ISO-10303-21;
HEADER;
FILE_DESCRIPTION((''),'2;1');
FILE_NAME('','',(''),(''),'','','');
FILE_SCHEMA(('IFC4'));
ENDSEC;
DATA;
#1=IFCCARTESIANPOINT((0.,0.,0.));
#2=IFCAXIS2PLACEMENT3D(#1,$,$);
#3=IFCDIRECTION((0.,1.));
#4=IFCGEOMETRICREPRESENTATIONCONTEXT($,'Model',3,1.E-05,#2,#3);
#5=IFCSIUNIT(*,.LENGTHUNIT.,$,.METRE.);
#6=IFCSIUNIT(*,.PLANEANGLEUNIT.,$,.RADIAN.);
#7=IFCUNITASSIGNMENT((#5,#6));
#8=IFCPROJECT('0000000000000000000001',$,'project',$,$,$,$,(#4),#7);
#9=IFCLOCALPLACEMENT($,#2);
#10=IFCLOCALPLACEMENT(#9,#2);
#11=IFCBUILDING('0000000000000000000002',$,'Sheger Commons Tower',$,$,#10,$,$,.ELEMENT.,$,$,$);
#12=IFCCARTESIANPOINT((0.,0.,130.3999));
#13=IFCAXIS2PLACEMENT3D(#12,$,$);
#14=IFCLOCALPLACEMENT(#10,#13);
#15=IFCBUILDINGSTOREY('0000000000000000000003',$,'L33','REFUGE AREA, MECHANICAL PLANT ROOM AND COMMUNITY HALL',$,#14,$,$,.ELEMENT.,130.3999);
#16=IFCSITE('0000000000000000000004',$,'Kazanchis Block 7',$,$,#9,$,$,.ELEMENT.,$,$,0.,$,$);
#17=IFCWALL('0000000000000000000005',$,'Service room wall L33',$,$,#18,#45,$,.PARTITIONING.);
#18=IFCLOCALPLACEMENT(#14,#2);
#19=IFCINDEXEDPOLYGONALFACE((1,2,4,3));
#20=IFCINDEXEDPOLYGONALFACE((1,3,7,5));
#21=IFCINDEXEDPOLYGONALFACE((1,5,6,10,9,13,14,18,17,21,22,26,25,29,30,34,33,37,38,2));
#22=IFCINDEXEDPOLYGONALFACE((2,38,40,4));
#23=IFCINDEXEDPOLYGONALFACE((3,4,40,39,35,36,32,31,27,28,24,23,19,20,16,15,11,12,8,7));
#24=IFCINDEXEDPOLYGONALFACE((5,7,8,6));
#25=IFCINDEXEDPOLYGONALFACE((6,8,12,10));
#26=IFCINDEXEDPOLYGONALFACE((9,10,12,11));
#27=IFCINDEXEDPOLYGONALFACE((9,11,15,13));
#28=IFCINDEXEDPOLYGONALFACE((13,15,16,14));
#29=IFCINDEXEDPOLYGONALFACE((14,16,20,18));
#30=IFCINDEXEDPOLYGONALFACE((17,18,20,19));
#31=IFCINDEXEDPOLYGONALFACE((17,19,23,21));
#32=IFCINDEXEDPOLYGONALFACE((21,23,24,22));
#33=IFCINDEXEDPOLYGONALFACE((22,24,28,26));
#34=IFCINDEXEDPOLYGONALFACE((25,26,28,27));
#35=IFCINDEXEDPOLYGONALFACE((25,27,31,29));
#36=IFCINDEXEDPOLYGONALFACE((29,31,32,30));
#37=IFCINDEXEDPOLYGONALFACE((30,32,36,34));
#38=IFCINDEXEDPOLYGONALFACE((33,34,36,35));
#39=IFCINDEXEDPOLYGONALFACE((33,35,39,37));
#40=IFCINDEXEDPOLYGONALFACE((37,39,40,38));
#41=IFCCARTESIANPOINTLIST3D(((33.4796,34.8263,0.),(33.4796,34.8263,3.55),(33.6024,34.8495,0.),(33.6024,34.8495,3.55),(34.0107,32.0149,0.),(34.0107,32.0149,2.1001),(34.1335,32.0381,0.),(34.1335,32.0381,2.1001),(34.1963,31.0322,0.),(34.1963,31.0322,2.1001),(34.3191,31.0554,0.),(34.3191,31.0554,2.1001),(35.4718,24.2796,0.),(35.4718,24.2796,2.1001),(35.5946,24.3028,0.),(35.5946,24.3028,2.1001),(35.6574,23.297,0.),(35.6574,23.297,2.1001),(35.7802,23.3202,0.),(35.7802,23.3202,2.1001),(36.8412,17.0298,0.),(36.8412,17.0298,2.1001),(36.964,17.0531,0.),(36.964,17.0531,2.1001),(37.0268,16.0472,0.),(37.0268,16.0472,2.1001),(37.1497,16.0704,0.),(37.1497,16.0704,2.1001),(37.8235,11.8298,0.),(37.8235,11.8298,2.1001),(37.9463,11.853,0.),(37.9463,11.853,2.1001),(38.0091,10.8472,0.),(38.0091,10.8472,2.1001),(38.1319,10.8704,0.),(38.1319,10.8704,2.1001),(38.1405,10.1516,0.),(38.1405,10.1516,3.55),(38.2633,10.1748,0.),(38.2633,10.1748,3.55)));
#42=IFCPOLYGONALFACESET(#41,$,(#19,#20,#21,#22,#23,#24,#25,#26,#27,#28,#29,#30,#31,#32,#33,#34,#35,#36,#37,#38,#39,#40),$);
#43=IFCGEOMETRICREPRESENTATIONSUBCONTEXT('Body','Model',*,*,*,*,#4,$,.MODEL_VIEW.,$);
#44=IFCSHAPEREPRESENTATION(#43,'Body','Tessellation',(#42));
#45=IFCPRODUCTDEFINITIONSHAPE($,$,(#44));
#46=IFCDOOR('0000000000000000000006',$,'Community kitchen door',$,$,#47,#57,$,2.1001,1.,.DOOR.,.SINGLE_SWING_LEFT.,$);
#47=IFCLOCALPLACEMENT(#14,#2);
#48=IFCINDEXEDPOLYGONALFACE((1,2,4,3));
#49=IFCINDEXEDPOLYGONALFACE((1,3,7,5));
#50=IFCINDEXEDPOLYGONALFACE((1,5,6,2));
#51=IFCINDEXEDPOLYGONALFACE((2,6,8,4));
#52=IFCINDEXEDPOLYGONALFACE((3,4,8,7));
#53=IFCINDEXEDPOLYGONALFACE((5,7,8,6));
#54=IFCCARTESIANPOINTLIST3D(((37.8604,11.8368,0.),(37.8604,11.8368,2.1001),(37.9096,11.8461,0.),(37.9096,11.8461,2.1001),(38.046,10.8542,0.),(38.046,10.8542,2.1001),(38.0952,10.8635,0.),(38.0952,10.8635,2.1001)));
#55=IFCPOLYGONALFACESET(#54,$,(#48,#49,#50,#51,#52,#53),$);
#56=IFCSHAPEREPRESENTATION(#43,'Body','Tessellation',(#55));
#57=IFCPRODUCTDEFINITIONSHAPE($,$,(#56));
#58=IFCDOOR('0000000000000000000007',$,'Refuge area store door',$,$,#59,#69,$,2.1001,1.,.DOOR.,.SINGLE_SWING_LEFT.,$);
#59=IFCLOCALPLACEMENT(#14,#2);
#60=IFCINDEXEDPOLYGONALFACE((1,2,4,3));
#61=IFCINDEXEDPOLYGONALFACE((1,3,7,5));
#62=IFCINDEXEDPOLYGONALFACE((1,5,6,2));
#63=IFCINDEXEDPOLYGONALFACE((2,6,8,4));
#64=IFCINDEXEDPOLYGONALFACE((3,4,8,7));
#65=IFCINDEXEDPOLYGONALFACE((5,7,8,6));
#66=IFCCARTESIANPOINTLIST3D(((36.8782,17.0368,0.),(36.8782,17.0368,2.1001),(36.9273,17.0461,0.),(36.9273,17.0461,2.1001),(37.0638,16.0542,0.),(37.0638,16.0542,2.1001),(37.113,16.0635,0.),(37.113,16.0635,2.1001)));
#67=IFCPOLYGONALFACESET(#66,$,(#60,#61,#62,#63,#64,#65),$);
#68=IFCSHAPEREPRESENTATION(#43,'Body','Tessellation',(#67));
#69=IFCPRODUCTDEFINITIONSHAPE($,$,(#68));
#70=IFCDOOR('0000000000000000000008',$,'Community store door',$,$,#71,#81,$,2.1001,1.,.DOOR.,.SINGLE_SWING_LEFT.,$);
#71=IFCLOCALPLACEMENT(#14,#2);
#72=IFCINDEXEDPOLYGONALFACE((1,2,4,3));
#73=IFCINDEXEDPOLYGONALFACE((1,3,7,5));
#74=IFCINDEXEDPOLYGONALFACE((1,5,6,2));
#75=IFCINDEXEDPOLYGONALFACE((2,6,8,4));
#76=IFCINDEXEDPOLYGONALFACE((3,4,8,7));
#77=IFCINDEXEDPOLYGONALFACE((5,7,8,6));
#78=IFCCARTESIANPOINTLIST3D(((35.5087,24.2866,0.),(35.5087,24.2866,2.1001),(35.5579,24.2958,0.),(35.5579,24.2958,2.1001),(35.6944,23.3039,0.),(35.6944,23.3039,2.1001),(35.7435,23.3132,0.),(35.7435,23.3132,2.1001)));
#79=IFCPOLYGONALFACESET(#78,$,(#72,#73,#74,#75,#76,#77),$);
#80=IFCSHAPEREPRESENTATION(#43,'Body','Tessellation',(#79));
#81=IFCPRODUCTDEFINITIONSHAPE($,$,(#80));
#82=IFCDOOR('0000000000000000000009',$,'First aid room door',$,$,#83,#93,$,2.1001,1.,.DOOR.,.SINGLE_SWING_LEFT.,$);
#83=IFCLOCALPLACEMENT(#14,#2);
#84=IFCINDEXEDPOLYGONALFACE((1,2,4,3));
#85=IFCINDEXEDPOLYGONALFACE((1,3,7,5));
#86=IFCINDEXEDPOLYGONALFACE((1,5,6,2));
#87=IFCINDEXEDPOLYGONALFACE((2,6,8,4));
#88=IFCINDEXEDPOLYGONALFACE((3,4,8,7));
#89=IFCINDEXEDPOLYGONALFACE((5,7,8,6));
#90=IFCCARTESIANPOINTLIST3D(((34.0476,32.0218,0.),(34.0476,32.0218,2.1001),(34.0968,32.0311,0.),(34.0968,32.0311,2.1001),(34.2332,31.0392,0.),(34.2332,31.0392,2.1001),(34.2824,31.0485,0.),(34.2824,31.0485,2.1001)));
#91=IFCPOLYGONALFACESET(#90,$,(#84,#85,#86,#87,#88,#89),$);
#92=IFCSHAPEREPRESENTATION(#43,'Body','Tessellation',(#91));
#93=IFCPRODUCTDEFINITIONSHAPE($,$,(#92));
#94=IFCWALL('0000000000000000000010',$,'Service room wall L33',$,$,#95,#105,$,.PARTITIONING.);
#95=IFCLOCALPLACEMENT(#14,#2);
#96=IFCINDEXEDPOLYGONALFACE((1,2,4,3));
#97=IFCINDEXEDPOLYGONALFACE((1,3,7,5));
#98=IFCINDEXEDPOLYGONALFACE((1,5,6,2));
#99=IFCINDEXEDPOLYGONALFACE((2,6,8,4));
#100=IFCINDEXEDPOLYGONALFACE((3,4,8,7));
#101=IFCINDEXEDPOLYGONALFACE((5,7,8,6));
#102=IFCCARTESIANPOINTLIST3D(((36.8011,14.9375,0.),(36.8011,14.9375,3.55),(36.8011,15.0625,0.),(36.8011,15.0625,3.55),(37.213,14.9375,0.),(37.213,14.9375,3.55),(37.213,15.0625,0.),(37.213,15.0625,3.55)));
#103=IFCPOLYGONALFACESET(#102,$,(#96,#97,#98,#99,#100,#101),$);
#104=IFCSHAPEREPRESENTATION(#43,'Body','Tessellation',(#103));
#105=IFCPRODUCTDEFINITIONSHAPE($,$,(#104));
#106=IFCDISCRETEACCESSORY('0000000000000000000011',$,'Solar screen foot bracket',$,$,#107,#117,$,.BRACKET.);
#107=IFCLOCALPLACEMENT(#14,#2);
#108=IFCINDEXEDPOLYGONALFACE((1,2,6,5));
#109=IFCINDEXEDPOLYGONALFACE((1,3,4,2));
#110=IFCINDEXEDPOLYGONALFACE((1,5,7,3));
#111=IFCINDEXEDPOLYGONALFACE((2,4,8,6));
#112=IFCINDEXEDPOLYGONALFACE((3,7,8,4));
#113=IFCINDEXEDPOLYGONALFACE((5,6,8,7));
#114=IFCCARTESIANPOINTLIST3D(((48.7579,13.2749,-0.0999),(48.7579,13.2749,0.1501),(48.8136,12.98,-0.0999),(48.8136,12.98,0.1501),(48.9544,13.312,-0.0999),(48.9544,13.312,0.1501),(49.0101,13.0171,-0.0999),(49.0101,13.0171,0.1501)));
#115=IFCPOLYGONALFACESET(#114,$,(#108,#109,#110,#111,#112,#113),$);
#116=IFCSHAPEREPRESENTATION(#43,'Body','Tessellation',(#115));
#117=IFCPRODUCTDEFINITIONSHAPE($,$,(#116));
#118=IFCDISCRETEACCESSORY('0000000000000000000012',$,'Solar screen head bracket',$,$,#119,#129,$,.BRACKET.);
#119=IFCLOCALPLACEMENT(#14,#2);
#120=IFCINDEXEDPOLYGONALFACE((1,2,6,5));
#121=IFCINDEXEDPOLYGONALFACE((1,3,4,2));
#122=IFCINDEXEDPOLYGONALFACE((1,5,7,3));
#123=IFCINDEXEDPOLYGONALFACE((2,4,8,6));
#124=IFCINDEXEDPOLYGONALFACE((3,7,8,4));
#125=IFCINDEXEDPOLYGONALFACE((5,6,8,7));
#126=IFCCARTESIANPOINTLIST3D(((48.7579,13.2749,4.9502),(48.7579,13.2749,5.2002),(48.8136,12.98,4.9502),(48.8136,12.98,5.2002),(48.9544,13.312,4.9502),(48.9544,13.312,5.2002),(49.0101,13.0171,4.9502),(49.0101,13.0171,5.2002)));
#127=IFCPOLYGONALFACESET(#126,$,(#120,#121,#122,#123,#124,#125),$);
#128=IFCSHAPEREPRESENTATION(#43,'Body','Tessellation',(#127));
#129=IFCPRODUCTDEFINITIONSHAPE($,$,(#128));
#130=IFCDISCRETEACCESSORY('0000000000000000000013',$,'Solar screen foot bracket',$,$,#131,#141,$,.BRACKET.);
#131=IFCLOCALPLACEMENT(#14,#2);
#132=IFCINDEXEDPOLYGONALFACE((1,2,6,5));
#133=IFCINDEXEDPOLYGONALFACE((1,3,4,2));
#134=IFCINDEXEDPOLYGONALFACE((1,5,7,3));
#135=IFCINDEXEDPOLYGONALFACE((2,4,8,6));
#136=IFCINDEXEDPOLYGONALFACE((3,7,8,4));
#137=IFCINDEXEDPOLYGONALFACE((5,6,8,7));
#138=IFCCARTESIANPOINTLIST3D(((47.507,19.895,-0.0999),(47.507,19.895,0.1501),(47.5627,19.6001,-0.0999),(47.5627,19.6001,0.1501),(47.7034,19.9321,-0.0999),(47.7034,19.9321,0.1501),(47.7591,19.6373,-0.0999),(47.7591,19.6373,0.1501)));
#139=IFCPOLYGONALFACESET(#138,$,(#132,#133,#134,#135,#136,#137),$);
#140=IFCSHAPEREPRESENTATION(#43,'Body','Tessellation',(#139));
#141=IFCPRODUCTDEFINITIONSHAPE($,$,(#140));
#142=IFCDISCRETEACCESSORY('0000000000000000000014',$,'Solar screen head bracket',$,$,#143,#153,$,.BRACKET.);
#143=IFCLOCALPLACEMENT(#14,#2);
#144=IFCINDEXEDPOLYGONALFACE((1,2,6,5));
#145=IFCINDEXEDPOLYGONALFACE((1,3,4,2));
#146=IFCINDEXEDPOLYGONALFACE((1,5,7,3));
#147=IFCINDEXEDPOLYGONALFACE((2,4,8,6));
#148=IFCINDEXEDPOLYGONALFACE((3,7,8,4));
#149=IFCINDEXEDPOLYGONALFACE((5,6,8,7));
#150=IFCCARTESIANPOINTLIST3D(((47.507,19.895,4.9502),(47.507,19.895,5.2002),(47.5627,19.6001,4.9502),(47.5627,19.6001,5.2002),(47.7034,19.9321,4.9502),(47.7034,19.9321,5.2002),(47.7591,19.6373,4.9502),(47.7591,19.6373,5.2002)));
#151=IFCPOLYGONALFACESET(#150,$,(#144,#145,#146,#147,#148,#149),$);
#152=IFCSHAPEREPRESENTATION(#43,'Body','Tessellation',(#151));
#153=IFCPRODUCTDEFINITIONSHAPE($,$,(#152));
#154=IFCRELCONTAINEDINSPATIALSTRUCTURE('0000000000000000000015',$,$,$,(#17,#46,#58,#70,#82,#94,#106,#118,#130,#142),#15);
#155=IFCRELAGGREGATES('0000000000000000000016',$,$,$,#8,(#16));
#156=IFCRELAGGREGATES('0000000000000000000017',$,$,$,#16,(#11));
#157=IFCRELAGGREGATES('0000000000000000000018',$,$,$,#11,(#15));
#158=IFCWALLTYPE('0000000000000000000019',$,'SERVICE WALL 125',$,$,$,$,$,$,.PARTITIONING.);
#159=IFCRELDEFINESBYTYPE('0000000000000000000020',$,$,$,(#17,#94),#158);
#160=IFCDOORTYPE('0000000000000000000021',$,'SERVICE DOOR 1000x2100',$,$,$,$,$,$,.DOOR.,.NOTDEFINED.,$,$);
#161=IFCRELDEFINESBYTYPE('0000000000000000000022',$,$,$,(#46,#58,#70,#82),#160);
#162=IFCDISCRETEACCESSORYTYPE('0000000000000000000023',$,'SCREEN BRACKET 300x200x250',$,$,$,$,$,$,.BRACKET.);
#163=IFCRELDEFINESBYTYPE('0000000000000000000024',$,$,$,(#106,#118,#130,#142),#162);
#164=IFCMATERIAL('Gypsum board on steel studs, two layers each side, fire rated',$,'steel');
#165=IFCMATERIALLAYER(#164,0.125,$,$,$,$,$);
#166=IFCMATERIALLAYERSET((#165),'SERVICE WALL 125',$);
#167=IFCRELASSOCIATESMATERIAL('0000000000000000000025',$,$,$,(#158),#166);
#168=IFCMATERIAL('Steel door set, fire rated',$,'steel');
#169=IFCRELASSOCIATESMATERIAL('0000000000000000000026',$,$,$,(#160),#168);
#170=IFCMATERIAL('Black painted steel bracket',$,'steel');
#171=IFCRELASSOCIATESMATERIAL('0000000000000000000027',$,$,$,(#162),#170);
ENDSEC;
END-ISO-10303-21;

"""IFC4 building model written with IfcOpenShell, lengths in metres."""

from ifc_helpers import new_model, si_unit, direction, frame, frame_2d, origin, origin_2d, place, context, subcontext, project, spatial, rectangle, extrude, material, layer, layer_set, type_object, element, fill, save


model = new_model("IFC4")

# Units and contexts
model_context = context("Model", 3, precision=1e-05, world=origin(), true_north=direction((0.0, 1.0)))
body_context = subcontext(model_context, "Body", "Model", "MODEL_VIEW")
ifc_project = project(units=[si_unit("LENGTHUNIT", "METRE"), si_unit("PLANEANGLEUNIT", "RADIAN")], contexts=[model_context])

# Site, building, storey
site_placement = place(None, origin())
site = spatial("IfcSite", under=ifc_project, at=site_placement, Name="Kazanchis Block 7", CompositionType="ELEMENT", RefElevation=0.0)
building_placement = place(site_placement, origin())
building = spatial("IfcBuilding", under=site, at=building_placement, Name="Sheger Commons Tower", CompositionType="ELEMENT")
storey_placement = place(building_placement, frame((0.0, 0.0, 130.3999)))
storey = spatial("IfcBuildingStorey", under=building, at=storey_placement, Name="L33", Description="REFUGE AREA, MECHANICAL PLANT ROOM AND COMMUNITY HALL", CompositionType="ELEMENT", Elevation=130.3999)

# Wall, openings, doors
ifc_material_1 = material(Name="Gypsum board on steel studs, two layers each side, fire rated", Category="steel")
ifc_layer_1 = layer(ifc_material_1, 0.125)
ifc_layer_set_1 = layer_set([ifc_layer_1], Name="SERVICE WALL 125")
wall_type_1 = type_object("IfcWallType", Name="SERVICE WALL 125", PredefinedType="PARTITIONING", material=ifc_layer_set_1)
wall_1_placement = place(storey_placement, frame((38.2019, 10.1631, 0.0), z_axis=(0.0, 0.0, 1.0), x_axis=(-0.18561, 0.982623, 0.0)))
wall_1 = element("IfcWall", 1, at=wall_1_placement, inside=storey, type_object=wall_type_1, Name="Service room wall L33", PredefinedType="PARTITIONING", context=body_context, shape_type="SweptSolid", body=[
    extrude(rectangle(XDim=25.1111, YDim=0.125, at=frame_2d((12.5557, 0.0))), origin(), (0.0, 0.0, 1.0), 3.55),
])
opening_1_placement = place(wall_1_placement, frame((0.708, 0.0, 0.0)))
opening_1 = element("IfcOpeningElement", 2, at=opening_1_placement, cuts=wall_1, PredefinedType="OPENING", context=body_context, shape_type="SweptSolid", body=[
    extrude(rectangle(XDim=1.0, YDim=2.1001, at=frame_2d((0.5, 1.05))), frame((0.0, 0.0725, 0.0), z_axis=(0.0, -1.0, 0.0), x_axis=(1.0, 0.0, 0.0)), (0.0, 0.0, 1.0), 0.145),
])
opening_2_placement = place(wall_1_placement, frame((6.0, 0.0, 0.0)))
opening_2 = element("IfcOpeningElement", 3, at=opening_2_placement, cuts=wall_1, PredefinedType="OPENING", context=body_context, shape_type="SweptSolid", body=[
    extrude(rectangle(XDim=1.0, YDim=2.1001, at=frame_2d((0.5, 1.05))), frame((0.0, 0.0725, 0.0), z_axis=(0.0, -1.0, 0.0), x_axis=(1.0, 0.0, 0.0)), (0.0, 0.0, 1.0), 0.145),
])
opening_3_placement = place(wall_1_placement, frame((13.3779, 0.0, 0.0)))
opening_3 = element("IfcOpeningElement", 4, at=opening_3_placement, cuts=wall_1, PredefinedType="OPENING", context=body_context, shape_type="SweptSolid", body=[
    extrude(rectangle(XDim=1.0, YDim=2.1001, at=frame_2d((0.5, 1.05))), frame((0.0, 0.0725, 0.0), z_axis=(0.0, -1.0, 0.0), x_axis=(1.0, 0.0, 0.0)), (0.0, 0.0, 1.0), 0.145),
])
opening_4_placement = place(wall_1_placement, frame((21.25, 0.0, 0.0)))
opening_4 = element("IfcOpeningElement", 5, at=opening_4_placement, cuts=wall_1, PredefinedType="OPENING", context=body_context, shape_type="SweptSolid", body=[
    extrude(rectangle(XDim=1.0, YDim=2.1001, at=frame_2d((0.5, 1.05))), frame((0.0, 0.0725, 0.0), z_axis=(0.0, -1.0, 0.0), x_axis=(1.0, 0.0, 0.0)), (0.0, 0.0, 1.0), 0.145),
])
ifc_material_2 = material(Name="Steel door set, fire rated", Category="steel")
door_type = type_object("IfcDoorType", Name="SERVICE DOOR 1000x2100", OperationType="NOTDEFINED", PredefinedType="DOOR", material=ifc_material_2)
door_1_placement = place(opening_1_placement, origin())
door_1 = element("IfcDoor", 6, at=door_1_placement, inside=storey, type_object=door_type, Name="Community kitchen door", OperationType="SINGLE_SWING_LEFT", OverallHeight=2.1001, OverallWidth=1.0, PredefinedType="DOOR", context=body_context, shape_type="SweptSolid", body=[
    extrude(rectangle(XDim=1.0, YDim=2.1001, at=frame_2d((0.5, 1.05))), frame((0.0, 0.0249, 0.0), z_axis=(0.0, -1.0, 0.0), x_axis=(1.0, 0.0, 0.0)), (0.0, 0.0, 1.0), 0.05),
])
fill(opening_1, door_1)
door_2_placement = place(opening_2_placement, origin())
door_2 = element("IfcDoor", 7, at=door_2_placement, inside=storey, type_object=door_type, Name="Refuge area store door", OperationType="SINGLE_SWING_LEFT", OverallHeight=2.1001, OverallWidth=1.0, PredefinedType="DOOR", context=body_context, shape_type="SweptSolid", body=[
    extrude(rectangle(XDim=1.0, YDim=2.1001, at=frame_2d((0.5, 1.05))), frame((0.0, 0.0249, 0.0), z_axis=(0.0, -1.0, 0.0), x_axis=(1.0, 0.0, 0.0)), (0.0, 0.0, 1.0), 0.05),
])
fill(opening_2, door_2)
door_3_placement = place(opening_3_placement, origin())
door_3 = element("IfcDoor", 8, at=door_3_placement, inside=storey, type_object=door_type, Name="Community store door", OperationType="SINGLE_SWING_LEFT", OverallHeight=2.1001, OverallWidth=1.0, PredefinedType="DOOR", context=body_context, shape_type="SweptSolid", body=[
    extrude(rectangle(XDim=1.0, YDim=2.1001, at=frame_2d((0.5, 1.05))), frame((0.0, 0.0249, 0.0), z_axis=(0.0, -1.0, 0.0), x_axis=(1.0, 0.0, 0.0)), (0.0, 0.0, 1.0), 0.05),
])
fill(opening_3, door_3)
door_4_placement = place(opening_4_placement, origin())
door_4 = element("IfcDoor", 9, at=door_4_placement, inside=storey, type_object=door_type, Name="First aid room door", OperationType="SINGLE_SWING_LEFT", OverallHeight=2.1001, OverallWidth=1.0, PredefinedType="DOOR", context=body_context, shape_type="SweptSolid", body=[
    extrude(rectangle(XDim=1.0, YDim=2.1001, at=frame_2d((0.5, 1.05))), frame((0.0, 0.0249, 0.0), z_axis=(0.0, -1.0, 0.0), x_axis=(1.0, 0.0, 0.0)), (0.0, 0.0, 1.0), 0.05),
])
fill(opening_4, door_4)

# Wall
wall_2_placement = place(storey_placement, frame((36.801, 15.0, 0.0), z_axis=(0.0, 0.0, 1.0), x_axis=(1.0, 0.0, 0.0)))
element("IfcWall", 10, at=wall_2_placement, inside=storey, type_object=wall_type_1, Name="Service room wall L33", PredefinedType="PARTITIONING", context=body_context, shape_type="SweptSolid", body=[
    extrude(rectangle(XDim=0.4119, YDim=0.125, at=frame_2d((0.2061, 0.0))), origin(), (0.0, 0.0, 1.0), 3.55),
])

# Discrete accessories
ifc_material_3 = material(Name="Black painted steel bracket", Category="steel")
discrete_accessory_type = type_object("IfcDiscreteAccessoryType", Name="SCREEN BRACKET 300x200x250", PredefinedType="BRACKET", material=ifc_material_3)
for number, where, z_axis, x_axis, name in (
    (11, (48.884, 13.146, -0.0999), (0.0, 0.0, 1.0), (-0.185615, 0.982623, 0.0), "Solar screen foot bracket"),
    (12, (48.884, 13.146, 4.9502), (0.0, 0.0, 1.0), (-0.185615, 0.982623, 0.0), "Solar screen head bracket"),
    (13, (47.6331, 19.7661, -0.0999), (0.0, 0.0, 1.0), (-0.185615, 0.982623, 0.0), "Solar screen foot bracket"),
    (14, (47.6331, 19.7661, 4.9502), (0.0, 0.0, 1.0), (-0.185615, 0.982623, 0.0), "Solar screen head bracket"),
):
    element("IfcDiscreteAccessory", number, at=place(storey_placement, frame(where, z_axis=z_axis, x_axis=x_axis)), inside=storey, type_object=discrete_accessory_type, Name=name, PredefinedType="BRACKET", context=body_context, shape_type="SweptSolid", body=[
        extrude(rectangle(XDim=0.3, YDim=0.2, at=origin_2d()), origin(), (0.0, 0.0, 1.0), 0.25),
    ])

save(model, "model.ifc")
